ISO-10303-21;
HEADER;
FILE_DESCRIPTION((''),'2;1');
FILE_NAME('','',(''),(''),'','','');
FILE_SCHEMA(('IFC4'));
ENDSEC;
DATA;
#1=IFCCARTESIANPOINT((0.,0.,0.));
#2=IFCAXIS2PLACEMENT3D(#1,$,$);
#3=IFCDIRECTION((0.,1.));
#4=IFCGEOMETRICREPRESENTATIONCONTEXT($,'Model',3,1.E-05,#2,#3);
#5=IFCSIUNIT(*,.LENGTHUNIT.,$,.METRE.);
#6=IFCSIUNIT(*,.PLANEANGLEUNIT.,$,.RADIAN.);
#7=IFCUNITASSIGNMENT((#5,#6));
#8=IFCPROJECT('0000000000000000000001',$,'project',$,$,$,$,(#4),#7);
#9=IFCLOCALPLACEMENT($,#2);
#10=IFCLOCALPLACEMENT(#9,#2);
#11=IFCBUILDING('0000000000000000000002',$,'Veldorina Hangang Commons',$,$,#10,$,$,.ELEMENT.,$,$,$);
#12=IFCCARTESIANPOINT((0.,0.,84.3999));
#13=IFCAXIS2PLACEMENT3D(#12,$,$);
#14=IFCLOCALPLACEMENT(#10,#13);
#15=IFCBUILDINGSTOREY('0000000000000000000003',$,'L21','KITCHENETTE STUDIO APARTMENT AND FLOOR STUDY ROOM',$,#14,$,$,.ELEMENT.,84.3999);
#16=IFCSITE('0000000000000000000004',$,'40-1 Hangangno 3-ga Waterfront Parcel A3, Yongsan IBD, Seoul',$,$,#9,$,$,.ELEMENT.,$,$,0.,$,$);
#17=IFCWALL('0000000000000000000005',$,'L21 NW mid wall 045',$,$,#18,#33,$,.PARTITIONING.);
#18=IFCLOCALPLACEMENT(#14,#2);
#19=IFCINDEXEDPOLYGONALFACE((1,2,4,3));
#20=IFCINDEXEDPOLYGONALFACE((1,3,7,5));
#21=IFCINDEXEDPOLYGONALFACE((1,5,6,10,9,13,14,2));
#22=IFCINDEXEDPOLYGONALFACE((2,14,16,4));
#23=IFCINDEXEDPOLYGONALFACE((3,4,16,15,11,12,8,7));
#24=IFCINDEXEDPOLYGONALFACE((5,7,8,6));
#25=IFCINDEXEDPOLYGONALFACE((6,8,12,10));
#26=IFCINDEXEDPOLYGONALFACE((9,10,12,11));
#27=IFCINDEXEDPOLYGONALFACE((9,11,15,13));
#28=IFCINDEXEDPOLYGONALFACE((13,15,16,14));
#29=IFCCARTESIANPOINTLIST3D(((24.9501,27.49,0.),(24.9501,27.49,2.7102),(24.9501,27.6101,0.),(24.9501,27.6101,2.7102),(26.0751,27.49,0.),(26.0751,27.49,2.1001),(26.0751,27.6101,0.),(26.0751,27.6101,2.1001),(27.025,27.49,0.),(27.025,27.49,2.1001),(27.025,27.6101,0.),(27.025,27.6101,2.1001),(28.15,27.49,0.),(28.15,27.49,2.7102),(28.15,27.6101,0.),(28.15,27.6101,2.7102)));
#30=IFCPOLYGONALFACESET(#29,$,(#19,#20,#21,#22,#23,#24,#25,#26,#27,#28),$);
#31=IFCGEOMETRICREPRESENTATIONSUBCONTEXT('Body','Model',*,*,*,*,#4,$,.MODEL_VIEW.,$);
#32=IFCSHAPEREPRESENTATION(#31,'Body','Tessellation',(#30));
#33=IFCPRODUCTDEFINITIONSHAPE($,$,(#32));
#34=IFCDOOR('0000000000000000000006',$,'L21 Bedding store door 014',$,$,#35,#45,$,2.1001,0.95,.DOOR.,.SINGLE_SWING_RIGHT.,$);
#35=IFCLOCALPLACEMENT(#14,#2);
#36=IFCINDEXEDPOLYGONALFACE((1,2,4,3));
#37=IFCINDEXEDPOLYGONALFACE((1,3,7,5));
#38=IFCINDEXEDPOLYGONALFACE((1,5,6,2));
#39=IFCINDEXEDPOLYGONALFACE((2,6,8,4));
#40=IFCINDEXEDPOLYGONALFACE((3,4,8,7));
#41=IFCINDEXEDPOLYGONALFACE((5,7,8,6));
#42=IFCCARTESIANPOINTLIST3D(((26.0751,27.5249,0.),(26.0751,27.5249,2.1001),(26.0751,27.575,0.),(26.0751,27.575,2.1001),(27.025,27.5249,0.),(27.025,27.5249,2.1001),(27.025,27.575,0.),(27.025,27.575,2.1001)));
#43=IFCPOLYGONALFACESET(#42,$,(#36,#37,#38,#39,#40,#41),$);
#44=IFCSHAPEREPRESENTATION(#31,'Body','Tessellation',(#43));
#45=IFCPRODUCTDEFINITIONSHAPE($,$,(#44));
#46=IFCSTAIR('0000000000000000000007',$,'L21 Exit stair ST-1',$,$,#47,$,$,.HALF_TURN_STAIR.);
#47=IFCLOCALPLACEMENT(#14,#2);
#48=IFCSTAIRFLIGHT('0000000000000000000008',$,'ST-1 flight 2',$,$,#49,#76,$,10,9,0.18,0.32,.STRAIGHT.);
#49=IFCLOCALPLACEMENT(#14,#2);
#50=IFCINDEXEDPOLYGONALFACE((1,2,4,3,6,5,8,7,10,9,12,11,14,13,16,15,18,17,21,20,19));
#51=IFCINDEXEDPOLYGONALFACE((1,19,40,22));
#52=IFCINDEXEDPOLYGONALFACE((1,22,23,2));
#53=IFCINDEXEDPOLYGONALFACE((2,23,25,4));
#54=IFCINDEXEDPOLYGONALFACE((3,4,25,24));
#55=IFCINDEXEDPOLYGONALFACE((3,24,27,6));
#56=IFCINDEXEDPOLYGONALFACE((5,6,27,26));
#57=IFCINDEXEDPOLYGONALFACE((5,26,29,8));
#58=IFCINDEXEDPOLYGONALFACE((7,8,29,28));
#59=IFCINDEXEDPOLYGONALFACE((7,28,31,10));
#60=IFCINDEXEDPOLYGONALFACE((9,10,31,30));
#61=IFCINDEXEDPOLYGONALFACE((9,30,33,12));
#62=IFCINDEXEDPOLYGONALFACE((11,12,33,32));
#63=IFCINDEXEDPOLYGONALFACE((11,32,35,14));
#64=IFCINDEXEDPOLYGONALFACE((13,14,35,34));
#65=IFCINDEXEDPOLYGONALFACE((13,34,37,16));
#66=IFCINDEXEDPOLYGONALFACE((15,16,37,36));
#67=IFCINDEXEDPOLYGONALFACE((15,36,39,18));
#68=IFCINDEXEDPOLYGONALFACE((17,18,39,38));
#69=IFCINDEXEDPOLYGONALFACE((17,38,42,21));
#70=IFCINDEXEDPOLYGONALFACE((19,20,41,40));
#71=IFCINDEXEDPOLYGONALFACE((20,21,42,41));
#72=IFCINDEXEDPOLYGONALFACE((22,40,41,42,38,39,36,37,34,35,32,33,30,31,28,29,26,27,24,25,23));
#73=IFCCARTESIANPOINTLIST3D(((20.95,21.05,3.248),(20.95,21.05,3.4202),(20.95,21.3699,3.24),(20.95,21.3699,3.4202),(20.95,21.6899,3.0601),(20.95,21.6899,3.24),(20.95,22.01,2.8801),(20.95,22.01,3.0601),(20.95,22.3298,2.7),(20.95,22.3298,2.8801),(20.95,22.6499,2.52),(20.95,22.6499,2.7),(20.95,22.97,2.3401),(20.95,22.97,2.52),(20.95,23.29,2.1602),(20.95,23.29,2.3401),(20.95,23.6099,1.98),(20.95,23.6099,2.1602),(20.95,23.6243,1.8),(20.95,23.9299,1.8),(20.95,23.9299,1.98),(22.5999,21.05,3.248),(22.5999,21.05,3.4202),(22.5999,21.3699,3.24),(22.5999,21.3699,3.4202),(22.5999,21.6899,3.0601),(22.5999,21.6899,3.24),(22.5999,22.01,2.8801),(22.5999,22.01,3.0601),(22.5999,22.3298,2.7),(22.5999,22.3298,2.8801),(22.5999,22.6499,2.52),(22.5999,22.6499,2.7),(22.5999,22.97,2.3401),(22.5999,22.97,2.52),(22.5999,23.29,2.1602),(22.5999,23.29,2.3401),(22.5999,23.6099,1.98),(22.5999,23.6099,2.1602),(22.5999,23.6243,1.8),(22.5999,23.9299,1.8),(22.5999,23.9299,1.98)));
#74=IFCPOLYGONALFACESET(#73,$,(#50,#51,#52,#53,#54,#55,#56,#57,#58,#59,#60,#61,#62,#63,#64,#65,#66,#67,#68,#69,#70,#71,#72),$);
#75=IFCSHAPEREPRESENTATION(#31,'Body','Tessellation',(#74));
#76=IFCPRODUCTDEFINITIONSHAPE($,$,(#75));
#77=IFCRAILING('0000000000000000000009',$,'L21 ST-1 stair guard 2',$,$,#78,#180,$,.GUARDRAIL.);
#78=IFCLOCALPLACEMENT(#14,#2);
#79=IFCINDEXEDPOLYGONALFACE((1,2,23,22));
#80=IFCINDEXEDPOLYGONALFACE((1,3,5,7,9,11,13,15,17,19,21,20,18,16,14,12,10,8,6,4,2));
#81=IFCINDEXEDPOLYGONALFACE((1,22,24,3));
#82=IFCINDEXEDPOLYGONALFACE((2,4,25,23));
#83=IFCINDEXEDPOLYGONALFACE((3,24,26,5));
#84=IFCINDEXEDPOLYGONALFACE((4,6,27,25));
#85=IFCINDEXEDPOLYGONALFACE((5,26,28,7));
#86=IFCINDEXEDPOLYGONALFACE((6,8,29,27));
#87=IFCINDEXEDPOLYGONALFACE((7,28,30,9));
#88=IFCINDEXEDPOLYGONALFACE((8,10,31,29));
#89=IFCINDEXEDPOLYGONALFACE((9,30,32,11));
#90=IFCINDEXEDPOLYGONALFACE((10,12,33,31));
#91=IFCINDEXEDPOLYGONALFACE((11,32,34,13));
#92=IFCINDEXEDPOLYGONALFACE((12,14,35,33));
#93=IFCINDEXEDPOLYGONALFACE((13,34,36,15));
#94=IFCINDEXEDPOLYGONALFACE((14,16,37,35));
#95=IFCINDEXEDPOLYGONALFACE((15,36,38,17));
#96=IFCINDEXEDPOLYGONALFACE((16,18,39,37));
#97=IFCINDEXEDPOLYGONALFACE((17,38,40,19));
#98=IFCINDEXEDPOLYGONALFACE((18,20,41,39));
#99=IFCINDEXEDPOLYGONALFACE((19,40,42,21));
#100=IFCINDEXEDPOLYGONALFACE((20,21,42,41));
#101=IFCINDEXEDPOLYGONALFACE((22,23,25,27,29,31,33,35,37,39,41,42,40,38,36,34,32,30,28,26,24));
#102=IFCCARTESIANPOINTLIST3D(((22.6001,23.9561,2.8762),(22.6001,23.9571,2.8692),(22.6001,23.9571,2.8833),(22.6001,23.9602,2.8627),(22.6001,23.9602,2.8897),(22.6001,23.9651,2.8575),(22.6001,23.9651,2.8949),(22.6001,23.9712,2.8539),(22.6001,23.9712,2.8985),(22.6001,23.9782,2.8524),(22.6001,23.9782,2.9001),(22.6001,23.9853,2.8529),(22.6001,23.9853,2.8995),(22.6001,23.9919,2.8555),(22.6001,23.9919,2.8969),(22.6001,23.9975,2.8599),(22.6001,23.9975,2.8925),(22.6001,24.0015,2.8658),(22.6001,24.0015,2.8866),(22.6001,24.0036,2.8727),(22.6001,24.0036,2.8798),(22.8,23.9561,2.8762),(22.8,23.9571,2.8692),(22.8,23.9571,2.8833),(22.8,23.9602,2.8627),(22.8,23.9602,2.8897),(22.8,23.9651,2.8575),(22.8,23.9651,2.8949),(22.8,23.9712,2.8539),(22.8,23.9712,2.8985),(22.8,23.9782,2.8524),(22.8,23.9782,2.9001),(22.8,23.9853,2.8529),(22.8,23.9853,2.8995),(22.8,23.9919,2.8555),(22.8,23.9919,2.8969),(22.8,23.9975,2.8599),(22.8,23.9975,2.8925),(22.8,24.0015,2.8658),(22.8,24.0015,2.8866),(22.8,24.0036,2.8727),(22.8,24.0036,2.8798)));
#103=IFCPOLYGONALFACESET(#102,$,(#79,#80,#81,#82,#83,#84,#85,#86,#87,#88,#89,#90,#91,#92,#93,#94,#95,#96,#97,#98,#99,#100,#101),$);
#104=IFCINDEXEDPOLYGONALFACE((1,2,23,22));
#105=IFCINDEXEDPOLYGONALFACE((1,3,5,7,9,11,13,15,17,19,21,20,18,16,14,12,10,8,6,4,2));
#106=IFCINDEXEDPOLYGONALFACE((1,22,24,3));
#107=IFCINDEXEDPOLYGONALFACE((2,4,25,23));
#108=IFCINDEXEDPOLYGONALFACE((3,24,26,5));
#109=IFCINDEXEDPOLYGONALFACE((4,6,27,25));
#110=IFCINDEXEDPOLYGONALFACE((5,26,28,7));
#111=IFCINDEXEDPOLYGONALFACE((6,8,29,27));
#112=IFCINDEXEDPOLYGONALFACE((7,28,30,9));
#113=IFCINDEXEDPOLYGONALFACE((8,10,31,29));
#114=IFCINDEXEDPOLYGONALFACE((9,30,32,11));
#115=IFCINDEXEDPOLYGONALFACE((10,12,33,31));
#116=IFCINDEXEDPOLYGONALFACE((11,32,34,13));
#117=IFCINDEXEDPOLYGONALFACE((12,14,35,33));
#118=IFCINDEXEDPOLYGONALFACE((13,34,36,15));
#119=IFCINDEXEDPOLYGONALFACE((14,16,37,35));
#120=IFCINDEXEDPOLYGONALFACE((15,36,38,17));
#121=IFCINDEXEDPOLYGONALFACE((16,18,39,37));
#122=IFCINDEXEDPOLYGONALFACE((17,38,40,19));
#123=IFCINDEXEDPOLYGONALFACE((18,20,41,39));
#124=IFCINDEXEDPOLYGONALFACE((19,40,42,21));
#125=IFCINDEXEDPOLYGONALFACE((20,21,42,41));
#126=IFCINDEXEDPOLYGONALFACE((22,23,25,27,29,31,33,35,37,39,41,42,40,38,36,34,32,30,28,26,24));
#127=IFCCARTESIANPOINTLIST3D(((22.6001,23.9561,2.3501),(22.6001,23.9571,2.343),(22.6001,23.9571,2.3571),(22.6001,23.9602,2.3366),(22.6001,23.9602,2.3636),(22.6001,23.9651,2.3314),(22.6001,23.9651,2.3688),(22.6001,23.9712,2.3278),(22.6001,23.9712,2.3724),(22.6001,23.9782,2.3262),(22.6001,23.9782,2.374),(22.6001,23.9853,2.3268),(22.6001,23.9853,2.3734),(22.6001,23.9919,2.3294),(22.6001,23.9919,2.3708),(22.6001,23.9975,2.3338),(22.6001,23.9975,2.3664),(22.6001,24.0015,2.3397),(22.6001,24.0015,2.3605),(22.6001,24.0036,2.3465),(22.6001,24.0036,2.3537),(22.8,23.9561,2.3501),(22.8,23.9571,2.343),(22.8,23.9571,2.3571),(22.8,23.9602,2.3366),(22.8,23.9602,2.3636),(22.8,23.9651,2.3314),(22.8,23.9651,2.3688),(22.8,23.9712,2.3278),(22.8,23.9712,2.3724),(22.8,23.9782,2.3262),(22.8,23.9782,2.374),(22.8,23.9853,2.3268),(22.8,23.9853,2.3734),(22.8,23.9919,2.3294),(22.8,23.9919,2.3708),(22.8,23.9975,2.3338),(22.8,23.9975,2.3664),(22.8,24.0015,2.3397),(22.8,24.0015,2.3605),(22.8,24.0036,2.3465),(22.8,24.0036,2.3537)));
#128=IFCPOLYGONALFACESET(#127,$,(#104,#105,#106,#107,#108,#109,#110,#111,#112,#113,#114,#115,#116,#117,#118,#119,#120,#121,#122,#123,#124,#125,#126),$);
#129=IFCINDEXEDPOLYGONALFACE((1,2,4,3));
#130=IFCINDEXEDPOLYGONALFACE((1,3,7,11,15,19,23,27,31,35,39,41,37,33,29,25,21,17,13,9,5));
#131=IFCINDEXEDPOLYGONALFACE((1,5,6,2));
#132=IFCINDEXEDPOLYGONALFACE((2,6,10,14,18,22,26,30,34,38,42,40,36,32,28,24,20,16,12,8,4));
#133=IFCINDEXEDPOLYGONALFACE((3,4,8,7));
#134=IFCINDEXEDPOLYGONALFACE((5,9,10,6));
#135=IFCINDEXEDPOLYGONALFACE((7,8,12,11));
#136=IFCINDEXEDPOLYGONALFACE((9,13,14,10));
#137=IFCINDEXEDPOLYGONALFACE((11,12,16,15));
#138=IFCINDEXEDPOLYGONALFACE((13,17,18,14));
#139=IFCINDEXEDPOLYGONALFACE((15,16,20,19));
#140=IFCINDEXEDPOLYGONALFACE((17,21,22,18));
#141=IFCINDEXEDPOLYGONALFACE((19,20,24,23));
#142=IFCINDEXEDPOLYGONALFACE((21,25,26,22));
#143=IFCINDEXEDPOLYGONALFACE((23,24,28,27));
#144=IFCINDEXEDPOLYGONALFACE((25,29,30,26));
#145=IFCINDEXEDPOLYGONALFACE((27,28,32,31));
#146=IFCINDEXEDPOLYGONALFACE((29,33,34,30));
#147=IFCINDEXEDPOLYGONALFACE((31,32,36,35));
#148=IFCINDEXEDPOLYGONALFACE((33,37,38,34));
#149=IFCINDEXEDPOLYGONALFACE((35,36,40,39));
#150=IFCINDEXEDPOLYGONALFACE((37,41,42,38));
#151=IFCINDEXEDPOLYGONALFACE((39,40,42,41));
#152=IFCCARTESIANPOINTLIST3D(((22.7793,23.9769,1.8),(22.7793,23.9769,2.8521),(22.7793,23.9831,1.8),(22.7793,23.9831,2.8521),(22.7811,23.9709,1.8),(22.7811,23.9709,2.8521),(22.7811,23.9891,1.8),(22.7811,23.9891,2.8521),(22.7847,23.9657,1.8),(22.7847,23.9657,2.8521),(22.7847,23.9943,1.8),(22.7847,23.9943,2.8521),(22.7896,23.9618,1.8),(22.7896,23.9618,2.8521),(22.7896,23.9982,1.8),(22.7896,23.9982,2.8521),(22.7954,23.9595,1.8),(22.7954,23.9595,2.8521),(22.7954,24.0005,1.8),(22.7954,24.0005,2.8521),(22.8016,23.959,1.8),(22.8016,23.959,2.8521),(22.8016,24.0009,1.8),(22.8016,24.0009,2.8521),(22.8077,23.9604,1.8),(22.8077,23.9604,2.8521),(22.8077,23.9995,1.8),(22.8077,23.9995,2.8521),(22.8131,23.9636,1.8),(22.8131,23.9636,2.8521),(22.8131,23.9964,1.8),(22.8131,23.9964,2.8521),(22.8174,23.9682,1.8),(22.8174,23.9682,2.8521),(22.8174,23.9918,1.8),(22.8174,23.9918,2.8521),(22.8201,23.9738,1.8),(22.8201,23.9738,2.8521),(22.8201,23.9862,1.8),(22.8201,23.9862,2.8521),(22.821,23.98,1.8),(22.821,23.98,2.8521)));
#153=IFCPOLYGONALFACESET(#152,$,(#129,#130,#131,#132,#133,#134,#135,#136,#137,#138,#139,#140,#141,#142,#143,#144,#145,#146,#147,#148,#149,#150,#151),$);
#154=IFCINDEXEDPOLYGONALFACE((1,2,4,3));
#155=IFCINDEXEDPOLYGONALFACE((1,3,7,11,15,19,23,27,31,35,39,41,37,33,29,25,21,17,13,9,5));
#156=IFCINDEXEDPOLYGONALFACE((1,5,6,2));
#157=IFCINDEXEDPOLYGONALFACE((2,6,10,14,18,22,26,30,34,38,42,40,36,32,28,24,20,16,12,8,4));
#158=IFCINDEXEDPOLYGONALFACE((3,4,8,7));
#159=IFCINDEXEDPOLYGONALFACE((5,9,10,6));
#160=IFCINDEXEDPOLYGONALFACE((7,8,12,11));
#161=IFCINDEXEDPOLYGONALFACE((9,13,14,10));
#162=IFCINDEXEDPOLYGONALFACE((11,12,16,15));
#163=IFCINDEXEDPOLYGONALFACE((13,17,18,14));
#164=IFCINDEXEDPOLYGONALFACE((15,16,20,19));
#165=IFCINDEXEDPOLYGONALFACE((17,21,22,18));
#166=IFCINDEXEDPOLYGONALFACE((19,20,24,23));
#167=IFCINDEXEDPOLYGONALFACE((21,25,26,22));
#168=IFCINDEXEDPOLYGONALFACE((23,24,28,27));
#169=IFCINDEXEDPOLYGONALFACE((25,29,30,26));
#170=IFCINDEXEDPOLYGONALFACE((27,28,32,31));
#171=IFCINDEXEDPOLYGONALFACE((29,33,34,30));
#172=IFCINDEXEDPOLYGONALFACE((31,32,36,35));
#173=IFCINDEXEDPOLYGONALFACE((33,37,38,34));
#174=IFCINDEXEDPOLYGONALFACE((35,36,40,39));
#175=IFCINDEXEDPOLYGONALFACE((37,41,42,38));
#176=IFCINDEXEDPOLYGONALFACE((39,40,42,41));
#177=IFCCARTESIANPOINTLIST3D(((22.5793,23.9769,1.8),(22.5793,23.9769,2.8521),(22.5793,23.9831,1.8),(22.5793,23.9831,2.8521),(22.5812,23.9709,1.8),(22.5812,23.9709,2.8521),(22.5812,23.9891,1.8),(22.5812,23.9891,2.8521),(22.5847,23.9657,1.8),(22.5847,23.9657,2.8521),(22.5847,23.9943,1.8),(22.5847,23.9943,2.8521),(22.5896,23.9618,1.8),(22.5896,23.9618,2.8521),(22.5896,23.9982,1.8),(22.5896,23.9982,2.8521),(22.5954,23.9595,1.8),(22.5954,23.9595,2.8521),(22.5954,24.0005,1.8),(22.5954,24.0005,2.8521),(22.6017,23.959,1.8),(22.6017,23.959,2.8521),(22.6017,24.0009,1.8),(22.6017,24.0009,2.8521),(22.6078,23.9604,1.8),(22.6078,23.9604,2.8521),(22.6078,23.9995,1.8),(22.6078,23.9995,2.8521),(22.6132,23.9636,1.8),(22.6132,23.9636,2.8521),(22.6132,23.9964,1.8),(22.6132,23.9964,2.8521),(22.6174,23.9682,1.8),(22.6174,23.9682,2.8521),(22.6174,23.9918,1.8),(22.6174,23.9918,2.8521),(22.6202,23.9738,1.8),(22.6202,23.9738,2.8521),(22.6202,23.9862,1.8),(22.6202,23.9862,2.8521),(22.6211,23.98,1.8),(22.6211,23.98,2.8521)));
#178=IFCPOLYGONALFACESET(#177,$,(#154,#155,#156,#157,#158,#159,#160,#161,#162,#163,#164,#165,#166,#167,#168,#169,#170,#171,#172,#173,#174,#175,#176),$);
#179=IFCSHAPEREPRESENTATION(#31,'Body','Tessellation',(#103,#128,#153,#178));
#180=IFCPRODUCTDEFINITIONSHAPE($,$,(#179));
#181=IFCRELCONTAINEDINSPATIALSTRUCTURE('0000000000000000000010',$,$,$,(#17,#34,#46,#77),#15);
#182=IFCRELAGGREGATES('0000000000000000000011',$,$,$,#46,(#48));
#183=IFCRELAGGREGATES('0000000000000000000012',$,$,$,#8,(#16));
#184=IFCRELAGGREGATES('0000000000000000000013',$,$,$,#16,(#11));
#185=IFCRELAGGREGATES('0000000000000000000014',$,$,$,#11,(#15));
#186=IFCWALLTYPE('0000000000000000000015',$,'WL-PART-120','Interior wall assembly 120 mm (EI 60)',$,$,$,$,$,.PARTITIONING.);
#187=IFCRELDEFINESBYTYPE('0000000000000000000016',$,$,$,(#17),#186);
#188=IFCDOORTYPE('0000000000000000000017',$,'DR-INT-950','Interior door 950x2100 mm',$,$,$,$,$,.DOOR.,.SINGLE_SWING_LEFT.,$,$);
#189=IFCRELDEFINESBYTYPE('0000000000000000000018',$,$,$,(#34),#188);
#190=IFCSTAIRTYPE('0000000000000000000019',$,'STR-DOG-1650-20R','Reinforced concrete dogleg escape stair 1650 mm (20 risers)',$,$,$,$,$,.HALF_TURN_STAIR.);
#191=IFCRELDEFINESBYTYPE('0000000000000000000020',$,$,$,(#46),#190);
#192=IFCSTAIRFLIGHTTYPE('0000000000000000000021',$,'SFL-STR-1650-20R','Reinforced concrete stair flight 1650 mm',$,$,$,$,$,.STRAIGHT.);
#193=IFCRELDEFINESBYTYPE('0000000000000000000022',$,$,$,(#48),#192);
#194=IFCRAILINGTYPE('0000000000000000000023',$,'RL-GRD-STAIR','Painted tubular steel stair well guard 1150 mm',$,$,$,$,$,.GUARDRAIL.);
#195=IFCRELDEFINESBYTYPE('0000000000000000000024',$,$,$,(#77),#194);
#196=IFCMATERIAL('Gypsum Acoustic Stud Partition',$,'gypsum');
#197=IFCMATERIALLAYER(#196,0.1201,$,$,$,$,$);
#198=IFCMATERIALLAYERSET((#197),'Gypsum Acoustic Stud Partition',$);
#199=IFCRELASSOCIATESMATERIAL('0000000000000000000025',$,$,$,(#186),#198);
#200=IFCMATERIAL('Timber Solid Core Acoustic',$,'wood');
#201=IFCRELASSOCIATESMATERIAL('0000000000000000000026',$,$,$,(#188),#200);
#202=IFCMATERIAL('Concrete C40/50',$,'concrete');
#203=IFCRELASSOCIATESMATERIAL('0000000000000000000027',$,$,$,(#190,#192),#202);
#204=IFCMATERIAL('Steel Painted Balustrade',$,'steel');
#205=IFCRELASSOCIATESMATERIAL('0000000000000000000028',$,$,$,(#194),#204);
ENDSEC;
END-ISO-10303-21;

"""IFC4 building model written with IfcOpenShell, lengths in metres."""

from ifc_helpers import new_model, si_unit, direction, frame, frame_2d, origin, origin_2d, place, context, subcontext, project, spatial, polyline, rectangle, circle, outline, extrude, material, layer, layer_set, type_object, element, fill, aggregate, save


model = new_model("IFC4")

# Units and contexts
model_context = context("Model", 3, precision=1e-05, world=origin(), true_north=direction((0.0, 1.0)))
body_context = subcontext(model_context, "Body", "Model", "MODEL_VIEW")
ifc_project = project(units=[si_unit("LENGTHUNIT", "METRE"), si_unit("PLANEANGLEUNIT", "RADIAN")], contexts=[model_context])

# Site, building, storey
site_placement = place(None, origin())
site = spatial("IfcSite", under=ifc_project, at=site_placement, Name="40-1 Hangangno 3-ga Waterfront Parcel A3, Yongsan IBD, Seoul", CompositionType="ELEMENT", RefElevation=0.0)
building_placement = place(site_placement, origin())
building = spatial("IfcBuilding", under=site, at=building_placement, Name="Veldorina Hangang Commons", CompositionType="ELEMENT")
storey_placement = place(building_placement, frame((0.0, 0.0, 84.3999)))
storey = spatial("IfcBuildingStorey", under=building, at=storey_placement, Name="L21", Description="KITCHENETTE STUDIO APARTMENT AND FLOOR STUDY ROOM", CompositionType="ELEMENT", Elevation=84.3999)

# Wall, opening, door
ifc_material_1 = material(Name="Gypsum Acoustic Stud Partition", Category="gypsum")
ifc_layer_1 = layer(ifc_material_1, 0.1201)
ifc_layer_set_1 = layer_set([ifc_layer_1], Name="Gypsum Acoustic Stud Partition")
wall_type_1 = type_object("IfcWallType", Name="WL-PART-120", Description="Interior wall assembly 120 mm (EI 60)", PredefinedType="PARTITIONING", material=ifc_layer_set_1)
ifc_material_2 = material(Name="Timber Solid Core Acoustic", Category="wood")
door_type_1 = type_object("IfcDoorType", Name="DR-INT-950", Description="Interior door 950x2100 mm", OperationType="SINGLE_SWING_LEFT", PredefinedType="DOOR", material=ifc_material_2)
wall_1_placement = place(storey_placement, frame((24.95, 27.55, 0.0), z_axis=(0.0, 0.0, 1.0), x_axis=(1.0, 0.0, 0.0)))
wall_1 = element("IfcWall", 1, at=wall_1_placement, inside=storey, type_object=wall_type_1, Name="L21 NW mid wall 045", PredefinedType="PARTITIONING", context=body_context, shape_type="SweptSolid", body=[
    extrude(rectangle(XDim=3.2, YDim=0.1201, at=frame_2d((1.6001, 0.0))), origin(), (0.0, 0.0, 1.0), 2.7102),
])
opening_1_placement = place(wall_1_placement, frame((1.125, 0.0, 0.0)))
opening_1 = element("IfcOpeningElement", 2, at=opening_1_placement, cuts=wall_1, PredefinedType="OPENING", context=body_context, shape_type="SweptSolid", body=[
    extrude(rectangle(XDim=0.95, YDim=2.1001, at=frame_2d((0.4751, 1.05))), frame((0.0, 0.0701, 0.0), z_axis=(0.0, -1.0, 0.0), x_axis=(1.0, 0.0, 0.0)), (0.0, 0.0, 1.0), 0.1401),
])
door_1_placement = place(opening_1_placement, origin())
door_1 = element("IfcDoor", 3, at=door_1_placement, inside=storey, type_object=door_type_1, Name="L21 Bedding store door 014", OperationType="SINGLE_SWING_RIGHT", OverallHeight=2.1001, OverallWidth=0.95, PredefinedType="DOOR", context=body_context, shape_type="SweptSolid", body=[
    extrude(rectangle(XDim=0.95, YDim=2.1001, at=frame_2d((0.4751, 1.05))), frame((0.0, 0.0249, 0.0), z_axis=(0.0, -1.0, 0.0), x_axis=(1.0, 0.0, 0.0)), (0.0, 0.0, 1.0), 0.05),
])
fill(opening_1, door_1)

# Stair, stair flight
ifc_material_3 = material(Name="Concrete C40/50", Category="concrete")
stair_type = type_object("IfcStairType", Name="STR-DOG-1650-20R", Description="Reinforced concrete dogleg escape stair 1650 mm (20 risers)", PredefinedType="HALF_TURN_STAIR", material=ifc_material_3)
stair_placement = place(storey_placement, origin())
stair = element("IfcStair", 4, at=stair_placement, inside=storey, type_object=stair_type, Name="L21 Exit stair ST-1", PredefinedType="HALF_TURN_STAIR")
stair_flight_type = type_object("IfcStairFlightType", Name="SFL-STR-1650-20R", Description="Reinforced concrete stair flight 1650 mm", PredefinedType="STRAIGHT", material=ifc_material_3)
stair_flight_placement = place(storey_placement, frame((21.7749, 23.9299, 1.8), z_axis=(0.0, 0.0, 1.0), x_axis=(0.0, -1.0, 0.0)))
stair_flight = element("IfcStairFlight", 5, at=stair_flight_placement, type_object=stair_flight_type, Name="ST-1 flight 2", NumberOfRisers=10, NumberOfTreads=9, PredefinedType="STRAIGHT", RiserHeight=0.18, TreadLength=0.32, context=body_context, shape_type="SweptSolid", body=[
    extrude(outline(polyline([(0.0, 0.0), (0.0, 0.1799), (0.3201, 0.1799), (0.3201, 0.3601), (0.6399, 0.3601), (0.6399, 0.54), (0.96, 0.54), (0.96, 0.72), (1.28, 0.72), (1.28, 0.8999), (1.6001, 0.8999), (1.6001, 1.0801), (1.9199, 1.0801), (1.9199, 1.26), (2.24, 1.26), (2.24, 1.4399), (2.5601, 1.4399), (2.5601, 1.6201), (2.8799, 1.6201), (2.8799, 1.8), (2.8799, 1.448), (0.3057, 0.0), (0.0, 0.0)])), frame((0.0, 0.825, 0.0), z_axis=(0.0, -1.0, 0.0), x_axis=(1.0, 0.0, 0.0)), (0.0, 0.0, 1.0), 1.6499),
])
aggregate(stair, [stair_flight])

# Railing
ifc_material_4 = material(Name="Steel Painted Balustrade", Category="steel")
railing_type_1 = type_object("IfcRailingType", Name="RL-GRD-STAIR", Description="Painted tubular steel stair well guard 1150 mm", PredefinedType="GUARDRAIL", material=ifc_material_4)
railing_1_placement = place(storey_placement, frame((22.8, 23.98, 1.8)))
element("IfcRailing", 6, at=railing_1_placement, inside=storey, type_object=railing_type_1, Name="L21 ST-1 stair guard 2", PredefinedType="GUARDRAIL", context=body_context, shape_type="SweptSolid", body=[
    extrude(circle(Radius=0.0239, at=origin_2d()), frame((0.0, 0.0, 1.0762), z_axis=(-1.0, 0.0, 0.0), x_axis=(0.0, -1.0, 0.0)), (0.0, 0.0, 1.0), 0.2),
    extrude(circle(Radius=0.0239, at=origin_2d()), frame((0.0, 0.0, 0.55), z_axis=(-1.0, 0.0, 0.0), x_axis=(0.0, -1.0, 0.0)), (0.0, 0.0, 1.0), 0.2),
    extrude(circle(Radius=0.021, at=origin_2d()), origin(), (0.0, 0.0, 1.0), 1.052),
    extrude(circle(Radius=0.021, at=origin_2d()), frame((-0.2, 0.0, 0.0)), (0.0, 0.0, 1.0), 1.052),
])

save(model, "model.ifc")
